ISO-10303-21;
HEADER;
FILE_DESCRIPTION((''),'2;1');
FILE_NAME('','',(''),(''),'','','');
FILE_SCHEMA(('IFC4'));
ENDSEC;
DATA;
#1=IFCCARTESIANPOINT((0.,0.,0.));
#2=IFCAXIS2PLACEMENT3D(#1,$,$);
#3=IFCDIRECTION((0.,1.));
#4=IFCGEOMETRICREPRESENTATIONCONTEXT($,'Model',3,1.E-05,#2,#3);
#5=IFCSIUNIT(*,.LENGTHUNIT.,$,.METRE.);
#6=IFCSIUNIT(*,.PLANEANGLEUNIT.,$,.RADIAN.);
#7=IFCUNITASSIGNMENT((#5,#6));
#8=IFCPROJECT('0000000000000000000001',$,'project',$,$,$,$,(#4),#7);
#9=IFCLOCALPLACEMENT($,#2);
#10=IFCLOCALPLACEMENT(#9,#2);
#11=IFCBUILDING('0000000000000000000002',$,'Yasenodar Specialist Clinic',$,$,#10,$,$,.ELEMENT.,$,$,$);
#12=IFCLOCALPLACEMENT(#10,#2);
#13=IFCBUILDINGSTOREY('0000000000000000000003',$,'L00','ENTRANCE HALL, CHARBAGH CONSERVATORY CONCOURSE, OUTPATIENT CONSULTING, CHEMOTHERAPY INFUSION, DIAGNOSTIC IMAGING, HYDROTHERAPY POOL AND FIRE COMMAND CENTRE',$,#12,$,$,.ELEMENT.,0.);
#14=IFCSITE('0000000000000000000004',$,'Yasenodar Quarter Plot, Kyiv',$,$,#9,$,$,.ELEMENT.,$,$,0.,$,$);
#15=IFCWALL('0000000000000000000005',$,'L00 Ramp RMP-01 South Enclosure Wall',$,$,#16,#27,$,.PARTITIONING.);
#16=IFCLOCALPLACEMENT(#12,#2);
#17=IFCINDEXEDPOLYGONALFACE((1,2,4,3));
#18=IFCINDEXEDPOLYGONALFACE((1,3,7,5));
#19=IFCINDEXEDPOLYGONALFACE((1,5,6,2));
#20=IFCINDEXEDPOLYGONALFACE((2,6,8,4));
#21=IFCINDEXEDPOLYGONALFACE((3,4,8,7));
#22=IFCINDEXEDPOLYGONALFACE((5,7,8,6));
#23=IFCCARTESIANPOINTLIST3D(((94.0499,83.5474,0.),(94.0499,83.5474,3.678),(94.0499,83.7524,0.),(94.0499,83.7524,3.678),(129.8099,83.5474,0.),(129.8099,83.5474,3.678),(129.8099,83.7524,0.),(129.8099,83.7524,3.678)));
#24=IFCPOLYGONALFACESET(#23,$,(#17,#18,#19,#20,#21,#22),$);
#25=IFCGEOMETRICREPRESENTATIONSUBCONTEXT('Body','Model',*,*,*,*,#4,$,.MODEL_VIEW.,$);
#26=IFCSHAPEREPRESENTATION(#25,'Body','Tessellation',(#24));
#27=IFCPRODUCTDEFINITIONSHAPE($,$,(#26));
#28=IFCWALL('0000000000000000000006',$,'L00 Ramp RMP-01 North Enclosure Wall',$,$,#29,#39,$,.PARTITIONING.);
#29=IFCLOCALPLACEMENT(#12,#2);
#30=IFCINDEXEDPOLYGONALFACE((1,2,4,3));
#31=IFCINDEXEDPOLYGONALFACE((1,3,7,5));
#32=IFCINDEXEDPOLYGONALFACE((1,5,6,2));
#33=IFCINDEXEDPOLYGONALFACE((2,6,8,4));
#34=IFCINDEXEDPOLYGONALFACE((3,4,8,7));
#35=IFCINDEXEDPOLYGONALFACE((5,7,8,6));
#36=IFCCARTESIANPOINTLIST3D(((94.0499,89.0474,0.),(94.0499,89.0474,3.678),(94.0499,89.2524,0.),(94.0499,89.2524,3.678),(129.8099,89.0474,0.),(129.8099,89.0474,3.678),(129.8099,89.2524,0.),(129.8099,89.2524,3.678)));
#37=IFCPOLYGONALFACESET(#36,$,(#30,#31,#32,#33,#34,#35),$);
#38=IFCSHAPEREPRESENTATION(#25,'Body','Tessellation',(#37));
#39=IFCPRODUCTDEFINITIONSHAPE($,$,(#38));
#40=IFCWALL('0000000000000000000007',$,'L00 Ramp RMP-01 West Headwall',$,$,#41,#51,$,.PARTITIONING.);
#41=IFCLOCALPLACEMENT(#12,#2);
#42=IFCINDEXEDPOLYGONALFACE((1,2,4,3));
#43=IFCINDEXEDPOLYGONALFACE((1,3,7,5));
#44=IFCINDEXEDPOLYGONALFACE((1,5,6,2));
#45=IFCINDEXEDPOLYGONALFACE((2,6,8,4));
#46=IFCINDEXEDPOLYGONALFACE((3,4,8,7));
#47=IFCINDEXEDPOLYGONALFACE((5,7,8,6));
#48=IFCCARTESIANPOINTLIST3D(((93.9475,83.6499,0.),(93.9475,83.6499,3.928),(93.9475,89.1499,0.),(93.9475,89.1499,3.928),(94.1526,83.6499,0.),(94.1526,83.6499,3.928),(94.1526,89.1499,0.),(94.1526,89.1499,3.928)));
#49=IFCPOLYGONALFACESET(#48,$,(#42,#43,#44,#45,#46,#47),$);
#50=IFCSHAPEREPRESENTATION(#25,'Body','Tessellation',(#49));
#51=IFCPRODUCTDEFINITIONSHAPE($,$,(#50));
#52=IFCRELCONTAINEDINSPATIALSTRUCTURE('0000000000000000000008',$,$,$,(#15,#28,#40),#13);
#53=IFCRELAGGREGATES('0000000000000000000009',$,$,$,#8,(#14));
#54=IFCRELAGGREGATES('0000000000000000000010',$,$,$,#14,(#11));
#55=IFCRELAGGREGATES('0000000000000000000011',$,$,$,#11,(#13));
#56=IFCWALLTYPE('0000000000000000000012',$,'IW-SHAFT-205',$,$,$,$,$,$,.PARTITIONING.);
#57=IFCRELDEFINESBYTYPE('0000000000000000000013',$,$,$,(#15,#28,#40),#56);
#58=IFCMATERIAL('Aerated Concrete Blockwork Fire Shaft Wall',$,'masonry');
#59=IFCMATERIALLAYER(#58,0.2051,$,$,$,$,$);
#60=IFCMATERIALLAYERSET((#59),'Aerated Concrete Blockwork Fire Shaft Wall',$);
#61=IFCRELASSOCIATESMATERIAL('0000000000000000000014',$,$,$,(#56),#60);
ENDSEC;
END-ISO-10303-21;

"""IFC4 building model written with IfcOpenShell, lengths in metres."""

from ifc_helpers import new_model, si_unit, direction, frame, frame_2d, origin, place, context, subcontext, project, spatial, rectangle, extrude, material, layer, layer_set, type_object, element, save


model = new_model("IFC4")

# Units and contexts
model_context = context("Model", 3, precision=1e-05, world=origin(), true_north=direction((0.0, 1.0)))
body_context = subcontext(model_context, "Body", "Model", "MODEL_VIEW")
ifc_project = project(units=[si_unit("LENGTHUNIT", "METRE"), si_unit("PLANEANGLEUNIT", "RADIAN")], contexts=[model_context])

# Site, building, storey
site_placement = place(None, origin())
site = spatial("IfcSite", under=ifc_project, at=site_placement, Name="Yasenodar Quarter Plot, Kyiv", CompositionType="ELEMENT", RefElevation=0.0)
building_placement = place(site_placement, origin())
building = spatial("IfcBuilding", under=site, at=building_placement, Name="Yasenodar Specialist Clinic", CompositionType="ELEMENT")
storey_placement = place(building_placement, origin())
storey = spatial("IfcBuildingStorey", under=building, at=storey_placement, Name="L00", Description="ENTRANCE HALL, CHARBAGH CONSERVATORY CONCOURSE, OUTPATIENT CONSULTING, CHEMOTHERAPY INFUSION, DIAGNOSTIC IMAGING, HYDROTHERAPY POOL AND FIRE COMMAND CENTRE", CompositionType="ELEMENT", Elevation=0.0)

# Walls
ifc_material_1 = material(Name="Aerated Concrete Blockwork Fire Shaft Wall", Category="masonry")
ifc_layer = layer(ifc_material_1, 0.2051)
ifc_layer_set = layer_set([ifc_layer], Name="Aerated Concrete Blockwork Fire Shaft Wall")
wall_type = type_object("IfcWallType", Name="IW-SHAFT-205", PredefinedType="PARTITIONING", material=ifc_layer_set)
for number, where, z_axis, x_axis, name in (
    (1, (94.05, 83.6499, 0.0), (0.0, 0.0, 1.0), (1.0, 0.0, 0.0), "L00 Ramp RMP-01 South Enclosure Wall"),
    (2, (94.05, 89.1499, 0.0), (0.0, 0.0, 1.0), (1.0, 0.0, 0.0), "L00 Ramp RMP-01 North Enclosure Wall"),
):
    element("IfcWall", number, at=place(storey_placement, frame(where, z_axis=z_axis, x_axis=x_axis)), inside=storey, type_object=wall_type, Name=name, PredefinedType="PARTITIONING", context=body_context, shape_type="SweptSolid", body=[
        extrude(rectangle(XDim=35.76, YDim=0.2051, at=frame_2d((17.8799, 0.0))), origin(), (0.0, 0.0, 1.0), 3.678),
    ])
wall_placement = place(storey_placement, frame((94.05, 83.6499, 0.0), z_axis=(0.0, 0.0, 1.0), x_axis=(0.0, 1.0, 0.0)))
element("IfcWall", 3, at=wall_placement, inside=storey, type_object=wall_type, Name="L00 Ramp RMP-01 West Headwall", PredefinedType="PARTITIONING", context=body_context, shape_type="SweptSolid", body=[
    extrude(rectangle(XDim=5.5, YDim=0.2051, at=frame_2d((2.75, 0.0))), origin(), (0.0, 0.0, 1.0), 3.928),
])

save(model, "model.ifc")
